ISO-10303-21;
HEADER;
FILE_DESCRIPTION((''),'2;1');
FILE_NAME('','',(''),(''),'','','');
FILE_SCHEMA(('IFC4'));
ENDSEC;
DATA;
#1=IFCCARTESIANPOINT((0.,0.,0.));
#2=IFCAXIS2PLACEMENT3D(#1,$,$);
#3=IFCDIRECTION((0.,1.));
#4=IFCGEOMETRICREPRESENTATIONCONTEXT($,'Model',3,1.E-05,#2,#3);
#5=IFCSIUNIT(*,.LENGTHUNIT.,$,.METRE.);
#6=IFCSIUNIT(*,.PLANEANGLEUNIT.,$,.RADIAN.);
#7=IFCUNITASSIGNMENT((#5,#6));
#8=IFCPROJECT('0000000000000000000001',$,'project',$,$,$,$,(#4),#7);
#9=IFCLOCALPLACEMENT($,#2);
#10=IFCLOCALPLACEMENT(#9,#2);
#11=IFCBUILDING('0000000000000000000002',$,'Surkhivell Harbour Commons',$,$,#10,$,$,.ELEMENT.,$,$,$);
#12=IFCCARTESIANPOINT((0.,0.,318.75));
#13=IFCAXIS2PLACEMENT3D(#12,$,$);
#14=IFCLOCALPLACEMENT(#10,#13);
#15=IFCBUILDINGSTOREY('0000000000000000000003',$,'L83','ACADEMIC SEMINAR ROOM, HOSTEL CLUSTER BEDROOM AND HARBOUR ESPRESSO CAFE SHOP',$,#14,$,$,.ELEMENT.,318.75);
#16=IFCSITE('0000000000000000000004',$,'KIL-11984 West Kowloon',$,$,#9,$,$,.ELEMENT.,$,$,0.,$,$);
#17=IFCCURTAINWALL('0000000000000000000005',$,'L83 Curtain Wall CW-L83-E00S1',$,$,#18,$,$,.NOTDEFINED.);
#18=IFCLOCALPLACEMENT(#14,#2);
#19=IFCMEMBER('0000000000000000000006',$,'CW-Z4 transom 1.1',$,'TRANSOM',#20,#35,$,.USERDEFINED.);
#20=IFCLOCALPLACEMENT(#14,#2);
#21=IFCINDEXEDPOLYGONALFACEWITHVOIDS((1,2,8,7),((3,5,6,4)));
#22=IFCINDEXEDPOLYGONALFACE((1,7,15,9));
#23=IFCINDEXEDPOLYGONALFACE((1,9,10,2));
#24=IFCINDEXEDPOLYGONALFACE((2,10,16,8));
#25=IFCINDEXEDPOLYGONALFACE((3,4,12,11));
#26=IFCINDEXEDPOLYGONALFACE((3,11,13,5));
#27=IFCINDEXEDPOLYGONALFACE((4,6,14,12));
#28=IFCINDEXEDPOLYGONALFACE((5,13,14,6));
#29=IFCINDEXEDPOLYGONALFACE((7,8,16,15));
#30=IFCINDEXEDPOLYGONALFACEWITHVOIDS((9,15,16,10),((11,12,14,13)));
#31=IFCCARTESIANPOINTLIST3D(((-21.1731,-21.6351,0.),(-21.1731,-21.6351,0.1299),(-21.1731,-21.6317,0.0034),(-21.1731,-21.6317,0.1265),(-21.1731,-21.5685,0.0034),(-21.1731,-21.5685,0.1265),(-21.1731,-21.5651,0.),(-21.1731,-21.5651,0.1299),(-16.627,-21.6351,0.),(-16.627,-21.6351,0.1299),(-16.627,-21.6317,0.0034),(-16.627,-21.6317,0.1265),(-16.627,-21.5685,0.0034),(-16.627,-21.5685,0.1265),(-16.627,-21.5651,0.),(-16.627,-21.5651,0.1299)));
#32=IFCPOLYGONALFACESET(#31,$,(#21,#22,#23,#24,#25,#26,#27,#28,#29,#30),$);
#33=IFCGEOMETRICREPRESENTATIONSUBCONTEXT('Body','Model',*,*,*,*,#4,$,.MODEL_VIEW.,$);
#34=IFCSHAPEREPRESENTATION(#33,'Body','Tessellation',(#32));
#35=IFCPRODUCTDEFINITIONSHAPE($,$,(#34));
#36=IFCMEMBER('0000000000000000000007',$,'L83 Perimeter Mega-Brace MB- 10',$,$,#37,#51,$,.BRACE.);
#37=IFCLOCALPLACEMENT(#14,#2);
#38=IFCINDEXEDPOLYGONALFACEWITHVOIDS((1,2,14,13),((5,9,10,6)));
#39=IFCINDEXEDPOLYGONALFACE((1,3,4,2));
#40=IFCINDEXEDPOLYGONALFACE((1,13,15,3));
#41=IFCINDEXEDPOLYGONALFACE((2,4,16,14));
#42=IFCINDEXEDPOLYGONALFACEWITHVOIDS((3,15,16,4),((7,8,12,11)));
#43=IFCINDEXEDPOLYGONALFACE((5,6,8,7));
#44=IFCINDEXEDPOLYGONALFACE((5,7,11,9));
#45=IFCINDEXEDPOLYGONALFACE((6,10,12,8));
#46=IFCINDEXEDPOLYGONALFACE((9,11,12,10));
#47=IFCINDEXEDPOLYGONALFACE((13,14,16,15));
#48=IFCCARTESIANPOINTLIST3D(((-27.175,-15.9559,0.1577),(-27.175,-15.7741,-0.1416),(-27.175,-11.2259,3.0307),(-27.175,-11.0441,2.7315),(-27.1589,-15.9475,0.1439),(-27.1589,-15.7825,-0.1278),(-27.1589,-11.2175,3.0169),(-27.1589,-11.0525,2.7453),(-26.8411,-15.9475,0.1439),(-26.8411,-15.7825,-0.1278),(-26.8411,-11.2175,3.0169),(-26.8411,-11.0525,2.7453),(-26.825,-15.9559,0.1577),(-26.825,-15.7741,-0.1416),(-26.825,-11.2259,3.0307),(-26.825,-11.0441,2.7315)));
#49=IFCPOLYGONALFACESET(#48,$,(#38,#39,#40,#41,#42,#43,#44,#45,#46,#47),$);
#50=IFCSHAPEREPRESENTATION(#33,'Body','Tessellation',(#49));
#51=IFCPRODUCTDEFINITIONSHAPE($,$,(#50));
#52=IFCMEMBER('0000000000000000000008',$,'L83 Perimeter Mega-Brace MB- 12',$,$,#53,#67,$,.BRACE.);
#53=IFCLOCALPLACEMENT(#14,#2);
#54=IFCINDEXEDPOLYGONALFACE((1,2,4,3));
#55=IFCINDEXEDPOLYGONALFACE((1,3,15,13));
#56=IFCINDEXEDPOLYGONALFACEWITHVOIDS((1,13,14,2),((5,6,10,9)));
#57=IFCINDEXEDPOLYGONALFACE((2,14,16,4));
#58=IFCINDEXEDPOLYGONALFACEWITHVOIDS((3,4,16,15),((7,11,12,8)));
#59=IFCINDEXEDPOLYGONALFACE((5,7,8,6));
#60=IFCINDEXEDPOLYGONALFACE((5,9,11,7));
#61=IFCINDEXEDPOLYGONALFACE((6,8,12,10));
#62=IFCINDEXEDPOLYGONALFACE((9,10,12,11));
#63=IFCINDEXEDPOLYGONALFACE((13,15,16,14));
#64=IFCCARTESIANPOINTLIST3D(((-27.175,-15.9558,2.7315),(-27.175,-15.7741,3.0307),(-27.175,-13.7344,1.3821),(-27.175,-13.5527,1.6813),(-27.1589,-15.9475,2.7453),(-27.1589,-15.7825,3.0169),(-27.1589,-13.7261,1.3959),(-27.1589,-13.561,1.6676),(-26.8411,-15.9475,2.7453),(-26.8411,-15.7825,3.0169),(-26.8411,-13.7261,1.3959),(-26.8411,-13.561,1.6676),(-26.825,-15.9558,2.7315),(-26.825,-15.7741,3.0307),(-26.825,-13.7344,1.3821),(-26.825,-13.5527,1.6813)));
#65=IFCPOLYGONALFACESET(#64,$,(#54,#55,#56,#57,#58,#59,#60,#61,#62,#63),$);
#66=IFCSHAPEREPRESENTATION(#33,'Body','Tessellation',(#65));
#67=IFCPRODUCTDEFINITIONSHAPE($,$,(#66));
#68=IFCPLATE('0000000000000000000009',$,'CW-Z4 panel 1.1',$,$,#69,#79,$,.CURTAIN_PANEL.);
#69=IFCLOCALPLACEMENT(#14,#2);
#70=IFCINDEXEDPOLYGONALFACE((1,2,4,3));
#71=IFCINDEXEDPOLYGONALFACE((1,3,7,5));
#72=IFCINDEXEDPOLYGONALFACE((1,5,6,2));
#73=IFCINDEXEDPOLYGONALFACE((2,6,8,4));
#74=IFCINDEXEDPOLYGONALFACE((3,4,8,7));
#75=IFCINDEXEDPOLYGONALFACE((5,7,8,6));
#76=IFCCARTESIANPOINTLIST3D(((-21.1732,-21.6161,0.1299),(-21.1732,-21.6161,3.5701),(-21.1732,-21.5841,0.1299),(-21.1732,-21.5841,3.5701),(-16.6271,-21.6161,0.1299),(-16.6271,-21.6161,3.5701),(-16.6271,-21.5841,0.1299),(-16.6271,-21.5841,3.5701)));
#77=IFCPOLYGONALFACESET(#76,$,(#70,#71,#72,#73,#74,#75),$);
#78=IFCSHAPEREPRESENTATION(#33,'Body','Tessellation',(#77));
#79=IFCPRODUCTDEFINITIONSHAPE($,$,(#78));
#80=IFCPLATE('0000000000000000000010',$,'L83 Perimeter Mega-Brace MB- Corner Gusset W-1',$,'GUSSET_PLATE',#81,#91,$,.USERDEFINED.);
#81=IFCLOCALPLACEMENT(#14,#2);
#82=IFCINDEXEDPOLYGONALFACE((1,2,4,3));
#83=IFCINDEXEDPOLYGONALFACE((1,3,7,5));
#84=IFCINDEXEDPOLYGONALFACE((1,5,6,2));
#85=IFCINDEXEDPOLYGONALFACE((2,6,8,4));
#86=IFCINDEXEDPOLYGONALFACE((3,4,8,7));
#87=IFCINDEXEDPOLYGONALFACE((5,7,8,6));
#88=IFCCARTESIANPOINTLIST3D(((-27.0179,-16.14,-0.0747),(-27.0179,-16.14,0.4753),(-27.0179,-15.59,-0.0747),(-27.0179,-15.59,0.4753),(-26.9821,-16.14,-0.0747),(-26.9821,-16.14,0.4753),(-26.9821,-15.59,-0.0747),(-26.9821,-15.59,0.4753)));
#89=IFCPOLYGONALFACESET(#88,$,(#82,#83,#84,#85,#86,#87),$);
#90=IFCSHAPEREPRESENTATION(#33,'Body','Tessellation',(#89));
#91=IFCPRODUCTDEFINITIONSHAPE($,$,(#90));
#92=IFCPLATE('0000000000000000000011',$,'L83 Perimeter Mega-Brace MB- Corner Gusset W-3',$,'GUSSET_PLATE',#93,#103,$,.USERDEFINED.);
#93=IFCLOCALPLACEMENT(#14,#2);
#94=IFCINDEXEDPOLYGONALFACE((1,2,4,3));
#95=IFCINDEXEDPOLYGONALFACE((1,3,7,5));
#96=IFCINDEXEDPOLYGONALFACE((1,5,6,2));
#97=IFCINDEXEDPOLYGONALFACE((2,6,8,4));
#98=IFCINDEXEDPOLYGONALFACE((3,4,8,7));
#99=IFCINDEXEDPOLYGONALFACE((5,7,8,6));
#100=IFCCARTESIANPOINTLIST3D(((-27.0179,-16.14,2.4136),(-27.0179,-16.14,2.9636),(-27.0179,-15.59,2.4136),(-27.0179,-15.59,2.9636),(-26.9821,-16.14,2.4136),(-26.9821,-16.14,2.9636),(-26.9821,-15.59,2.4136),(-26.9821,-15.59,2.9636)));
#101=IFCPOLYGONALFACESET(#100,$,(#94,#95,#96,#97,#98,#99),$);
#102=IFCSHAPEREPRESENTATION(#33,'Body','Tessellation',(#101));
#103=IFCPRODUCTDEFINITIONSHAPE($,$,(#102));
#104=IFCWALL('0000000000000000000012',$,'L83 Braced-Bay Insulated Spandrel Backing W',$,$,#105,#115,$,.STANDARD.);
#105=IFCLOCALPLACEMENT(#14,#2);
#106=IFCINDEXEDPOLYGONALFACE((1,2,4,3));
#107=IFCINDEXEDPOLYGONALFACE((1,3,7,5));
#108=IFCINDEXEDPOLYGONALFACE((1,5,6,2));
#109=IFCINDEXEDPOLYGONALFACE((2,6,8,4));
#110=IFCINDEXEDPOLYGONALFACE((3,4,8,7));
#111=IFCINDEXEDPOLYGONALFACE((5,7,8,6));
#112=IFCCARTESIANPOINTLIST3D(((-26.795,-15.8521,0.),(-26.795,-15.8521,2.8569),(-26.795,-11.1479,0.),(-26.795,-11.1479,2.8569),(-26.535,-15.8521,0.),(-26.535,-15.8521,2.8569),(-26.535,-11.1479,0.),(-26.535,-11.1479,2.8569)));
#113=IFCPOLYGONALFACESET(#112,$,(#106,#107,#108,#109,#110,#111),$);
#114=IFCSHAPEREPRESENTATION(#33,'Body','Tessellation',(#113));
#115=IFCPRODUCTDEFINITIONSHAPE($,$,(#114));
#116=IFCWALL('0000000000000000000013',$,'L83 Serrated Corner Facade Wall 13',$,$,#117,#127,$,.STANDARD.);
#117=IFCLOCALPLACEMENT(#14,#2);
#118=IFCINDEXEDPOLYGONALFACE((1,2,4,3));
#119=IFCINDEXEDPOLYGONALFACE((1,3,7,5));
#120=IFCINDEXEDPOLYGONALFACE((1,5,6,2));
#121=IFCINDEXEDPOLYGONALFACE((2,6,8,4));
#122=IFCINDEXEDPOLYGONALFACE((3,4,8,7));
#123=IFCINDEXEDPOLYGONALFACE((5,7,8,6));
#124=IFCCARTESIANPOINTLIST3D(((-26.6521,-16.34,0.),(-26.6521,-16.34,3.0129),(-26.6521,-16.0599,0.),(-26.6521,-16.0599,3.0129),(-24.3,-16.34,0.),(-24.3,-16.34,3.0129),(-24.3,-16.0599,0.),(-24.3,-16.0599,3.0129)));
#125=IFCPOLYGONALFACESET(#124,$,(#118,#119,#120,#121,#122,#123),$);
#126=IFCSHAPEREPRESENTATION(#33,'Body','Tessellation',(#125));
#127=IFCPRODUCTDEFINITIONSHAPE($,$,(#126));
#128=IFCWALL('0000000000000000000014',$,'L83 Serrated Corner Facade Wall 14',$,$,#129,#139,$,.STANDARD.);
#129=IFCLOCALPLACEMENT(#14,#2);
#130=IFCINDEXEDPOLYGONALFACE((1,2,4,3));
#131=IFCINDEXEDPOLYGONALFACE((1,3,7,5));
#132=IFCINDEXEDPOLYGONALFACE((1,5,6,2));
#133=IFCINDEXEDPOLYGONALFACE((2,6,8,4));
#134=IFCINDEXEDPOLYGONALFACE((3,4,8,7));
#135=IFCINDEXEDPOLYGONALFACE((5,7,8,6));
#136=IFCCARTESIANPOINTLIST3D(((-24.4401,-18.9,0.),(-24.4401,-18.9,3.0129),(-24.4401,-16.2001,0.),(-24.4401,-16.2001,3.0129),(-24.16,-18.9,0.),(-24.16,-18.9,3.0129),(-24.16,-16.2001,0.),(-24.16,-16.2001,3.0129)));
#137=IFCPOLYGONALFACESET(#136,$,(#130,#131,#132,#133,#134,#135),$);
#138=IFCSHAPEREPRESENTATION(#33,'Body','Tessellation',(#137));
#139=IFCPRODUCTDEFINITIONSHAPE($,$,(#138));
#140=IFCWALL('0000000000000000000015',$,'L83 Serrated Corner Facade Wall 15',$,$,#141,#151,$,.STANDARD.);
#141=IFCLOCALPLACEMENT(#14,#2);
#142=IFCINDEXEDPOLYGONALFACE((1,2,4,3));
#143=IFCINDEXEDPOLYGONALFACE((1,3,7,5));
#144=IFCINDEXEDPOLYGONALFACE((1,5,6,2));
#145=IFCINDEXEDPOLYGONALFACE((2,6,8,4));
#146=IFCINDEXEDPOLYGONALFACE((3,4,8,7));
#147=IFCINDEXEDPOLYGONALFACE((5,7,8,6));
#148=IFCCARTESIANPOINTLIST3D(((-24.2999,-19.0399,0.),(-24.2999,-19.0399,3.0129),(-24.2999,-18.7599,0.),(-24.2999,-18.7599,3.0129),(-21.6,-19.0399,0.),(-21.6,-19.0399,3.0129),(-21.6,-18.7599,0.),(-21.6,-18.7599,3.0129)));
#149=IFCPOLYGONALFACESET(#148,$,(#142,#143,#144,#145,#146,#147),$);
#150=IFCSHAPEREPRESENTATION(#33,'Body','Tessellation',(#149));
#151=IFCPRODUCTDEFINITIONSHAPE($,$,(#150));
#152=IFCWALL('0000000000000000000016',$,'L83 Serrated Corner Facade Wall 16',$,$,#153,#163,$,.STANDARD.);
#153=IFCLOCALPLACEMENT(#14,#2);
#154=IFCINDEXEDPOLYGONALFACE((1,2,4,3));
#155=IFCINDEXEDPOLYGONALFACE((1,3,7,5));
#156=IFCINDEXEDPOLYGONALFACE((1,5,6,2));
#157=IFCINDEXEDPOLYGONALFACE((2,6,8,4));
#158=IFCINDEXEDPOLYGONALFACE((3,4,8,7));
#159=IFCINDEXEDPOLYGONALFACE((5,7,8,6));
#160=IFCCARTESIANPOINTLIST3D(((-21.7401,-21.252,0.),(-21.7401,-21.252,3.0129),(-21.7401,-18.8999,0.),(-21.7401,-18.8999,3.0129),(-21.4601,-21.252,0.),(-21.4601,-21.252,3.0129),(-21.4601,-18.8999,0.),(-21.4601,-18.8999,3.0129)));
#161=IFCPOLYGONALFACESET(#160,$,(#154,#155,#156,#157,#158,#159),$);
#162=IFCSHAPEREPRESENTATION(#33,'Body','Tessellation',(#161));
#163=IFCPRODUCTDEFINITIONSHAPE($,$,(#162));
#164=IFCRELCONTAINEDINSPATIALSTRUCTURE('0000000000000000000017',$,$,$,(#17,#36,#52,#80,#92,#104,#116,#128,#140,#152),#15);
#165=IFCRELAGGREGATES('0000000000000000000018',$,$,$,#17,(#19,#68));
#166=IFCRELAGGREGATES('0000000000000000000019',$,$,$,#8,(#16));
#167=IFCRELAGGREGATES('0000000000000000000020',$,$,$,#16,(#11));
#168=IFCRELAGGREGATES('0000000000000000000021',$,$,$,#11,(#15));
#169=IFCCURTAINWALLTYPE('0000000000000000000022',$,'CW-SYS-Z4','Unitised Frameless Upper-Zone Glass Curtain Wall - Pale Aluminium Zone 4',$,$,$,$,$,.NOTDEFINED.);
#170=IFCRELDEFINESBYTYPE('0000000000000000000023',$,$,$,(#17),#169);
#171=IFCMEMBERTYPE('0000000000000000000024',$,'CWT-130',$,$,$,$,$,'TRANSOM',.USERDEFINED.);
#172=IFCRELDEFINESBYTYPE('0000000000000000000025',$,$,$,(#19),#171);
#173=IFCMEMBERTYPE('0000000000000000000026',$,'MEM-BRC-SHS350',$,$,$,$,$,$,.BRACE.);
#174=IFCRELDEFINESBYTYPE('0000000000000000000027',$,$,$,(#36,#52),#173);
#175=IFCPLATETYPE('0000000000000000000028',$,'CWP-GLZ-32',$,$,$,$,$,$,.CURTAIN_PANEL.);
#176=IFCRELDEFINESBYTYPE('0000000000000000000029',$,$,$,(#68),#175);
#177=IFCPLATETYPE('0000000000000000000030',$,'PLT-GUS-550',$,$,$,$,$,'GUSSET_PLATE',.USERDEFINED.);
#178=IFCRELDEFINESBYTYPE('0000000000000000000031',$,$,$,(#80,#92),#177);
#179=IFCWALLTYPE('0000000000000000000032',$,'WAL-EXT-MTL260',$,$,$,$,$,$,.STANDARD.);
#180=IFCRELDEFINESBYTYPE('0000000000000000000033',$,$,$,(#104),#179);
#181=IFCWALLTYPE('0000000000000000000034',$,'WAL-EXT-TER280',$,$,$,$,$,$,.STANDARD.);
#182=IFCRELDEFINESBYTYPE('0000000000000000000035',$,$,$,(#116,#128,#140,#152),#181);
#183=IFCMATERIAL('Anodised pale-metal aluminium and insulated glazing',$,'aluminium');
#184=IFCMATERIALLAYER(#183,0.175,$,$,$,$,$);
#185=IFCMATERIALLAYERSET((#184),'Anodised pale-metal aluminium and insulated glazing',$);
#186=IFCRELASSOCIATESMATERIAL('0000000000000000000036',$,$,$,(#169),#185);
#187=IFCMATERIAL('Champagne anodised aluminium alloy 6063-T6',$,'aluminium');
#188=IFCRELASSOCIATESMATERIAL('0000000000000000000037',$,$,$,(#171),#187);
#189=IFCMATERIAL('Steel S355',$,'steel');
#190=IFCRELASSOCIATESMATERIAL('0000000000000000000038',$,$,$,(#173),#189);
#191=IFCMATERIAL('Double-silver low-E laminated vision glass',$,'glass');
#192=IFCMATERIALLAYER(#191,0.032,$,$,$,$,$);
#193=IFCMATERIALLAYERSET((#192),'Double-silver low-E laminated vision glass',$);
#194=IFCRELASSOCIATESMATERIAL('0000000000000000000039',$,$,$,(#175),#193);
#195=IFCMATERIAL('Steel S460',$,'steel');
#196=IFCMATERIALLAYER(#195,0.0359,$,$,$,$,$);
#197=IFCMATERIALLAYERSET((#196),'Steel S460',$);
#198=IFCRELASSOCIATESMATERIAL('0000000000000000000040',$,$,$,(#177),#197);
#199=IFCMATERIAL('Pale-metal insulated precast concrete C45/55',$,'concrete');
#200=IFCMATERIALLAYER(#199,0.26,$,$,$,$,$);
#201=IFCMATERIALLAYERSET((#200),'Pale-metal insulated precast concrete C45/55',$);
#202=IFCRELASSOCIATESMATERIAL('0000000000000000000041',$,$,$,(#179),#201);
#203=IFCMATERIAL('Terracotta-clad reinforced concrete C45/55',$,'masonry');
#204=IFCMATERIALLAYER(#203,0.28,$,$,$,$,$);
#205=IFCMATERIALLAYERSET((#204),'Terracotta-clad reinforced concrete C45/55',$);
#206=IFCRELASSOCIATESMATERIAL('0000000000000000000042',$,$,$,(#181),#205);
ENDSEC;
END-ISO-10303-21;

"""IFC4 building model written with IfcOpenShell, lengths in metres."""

from ifc_helpers import new_model, si_unit, direction, frame, frame_2d, origin, origin_2d, place, context, subcontext, project, spatial, rectangle, hollow_rectangle, extrude, material, layer, layer_set, material_profile, profile_set, type_object, element, aggregate, save


model = new_model("IFC4")

# Units and contexts
model_context = context("Model", 3, precision=1e-05, world=origin(), true_north=direction((0.0, 1.0)))
body_context = subcontext(model_context, "Body", "Model", "MODEL_VIEW")
ifc_project = project(units=[si_unit("LENGTHUNIT", "METRE"), si_unit("PLANEANGLEUNIT", "RADIAN")], contexts=[model_context])

# Site, building, storey
site_placement = place(None, origin())
site = spatial("IfcSite", under=ifc_project, at=site_placement, Name="KIL-11984 West Kowloon", CompositionType="ELEMENT", RefElevation=0.0)
building_placement = place(site_placement, origin())
building = spatial("IfcBuilding", under=site, at=building_placement, Name="Surkhivell Harbour Commons", CompositionType="ELEMENT")
storey_placement = place(building_placement, frame((0.0, 0.0, 318.75)))
storey = spatial("IfcBuildingStorey", under=building, at=storey_placement, Name="L83", Description="ACADEMIC SEMINAR ROOM, HOSTEL CLUSTER BEDROOM AND HARBOUR ESPRESSO CAFE SHOP", CompositionType="ELEMENT", Elevation=318.75)

# Shared definitions
ifc_material_1 = material(Name="Steel S355", Category="steel")

# Curtain wall, member
ifc_material_2 = material(Name="Anodised pale-metal aluminium and insulated glazing", Category="aluminium")
ifc_layer_1 = layer(ifc_material_2, 0.175)
ifc_layer_set_1 = layer_set([ifc_layer_1], Name="Anodised pale-metal aluminium and insulated glazing")
curtain_wall_type = type_object("IfcCurtainWallType", Name="CW-SYS-Z4", Description="Unitised Frameless Upper-Zone Glass Curtain Wall - Pale Aluminium Zone 4", PredefinedType="NOTDEFINED", material=ifc_layer_set_1)
curtain_wall_placement = place(storey_placement, origin())
curtain_wall = element("IfcCurtainWall", 1, at=curtain_wall_placement, inside=storey, type_object=curtain_wall_type, Name="L83 Curtain Wall CW-L83-E00S1", PredefinedType="NOTDEFINED")
ifc_material_3 = material(Name="Champagne anodised aluminium alloy 6063-T6", Category="aluminium")
ifc_material_profile_1 = material_profile(ifc_material_3, hollow_rectangle(XDim=0.0701, YDim=0.1299, WallThickness=0.0034, at=origin_2d()), Name="ALU-TRAN-70x130")
ifc_profile_set_1 = profile_set([ifc_material_profile_1], Name="Champagne anodised aluminium alloy 6063-T6")
member_type_1 = type_object("IfcMemberType", Name="CWT-130", ElementType="TRANSOM", PredefinedType="USERDEFINED", material=ifc_profile_set_1)
member_1_placement = place(storey_placement, frame((-21.1731, -21.6001, 0.0649), z_axis=(1.0, 0.0, 0.0), x_axis=(0.0, 1.0, 0.0)))
member_1 = element("IfcMember", 2, at=member_1_placement, type_object=member_type_1, Name="CW-Z4 transom 1.1", ObjectType="TRANSOM", PredefinedType="USERDEFINED", context=body_context, shape_type="SweptSolid", body=[
    extrude(hollow_rectangle(XDim=0.0701, YDim=0.1299, WallThickness=0.0034, at=origin_2d()), origin(), (0.0, 0.0, 1.0), 4.5461),
])

# Members
ifc_material_profile_2 = material_profile(ifc_material_1, hollow_rectangle(XDim=0.3501, YDim=0.3501, WallThickness=0.0161, at=origin_2d()), Name="SHS350x350x16")
ifc_profile_set_2 = profile_set([ifc_material_profile_2], Name="Steel S355")
member_type_2 = type_object("IfcMemberType", Name="MEM-BRC-SHS350", PredefinedType="BRACE", material=ifc_profile_set_2)
member_2_placement = place(storey_placement, frame((-27.0, -15.865, 0.0081), z_axis=(0.0, 0.854685, 0.519146), x_axis=(-1.0, 0.0, 0.0)))
element("IfcMember", 3, at=member_2_placement, inside=storey, type_object=member_type_2, Name="L83 Perimeter Mega-Brace MB- 10", PredefinedType="BRACE", context=body_context, shape_type="SweptSolid", body=[
    extrude(hollow_rectangle(XDim=0.3501, YDim=0.3501, WallThickness=0.0161, at=origin_2d()), origin(), (0.0, 0.0, 1.0), 5.5342),
])
member_3_placement = place(storey_placement, frame((-27.0, -13.6436, 1.5317), z_axis=(0.0, -0.854679, 0.519157), x_axis=(1.0, 0.0, 0.0)))
element("IfcMember", 4, at=member_3_placement, inside=storey, type_object=member_type_2, Name="L83 Perimeter Mega-Brace MB- 12", PredefinedType="BRACE", context=body_context, shape_type="SweptSolid", body=[
    extrude(hollow_rectangle(XDim=0.3501, YDim=0.3501, WallThickness=0.0161, at=origin_2d()), origin(), (0.0, 0.0, 1.0), 2.5991),
])

# Plate
ifc_material_4 = material(Name="Double-silver low-E laminated vision glass", Category="glass")
ifc_layer_2 = layer(ifc_material_4, 0.032)
ifc_layer_set_2 = layer_set([ifc_layer_2], Name="Double-silver low-E laminated vision glass")
plate_type_1 = type_object("IfcPlateType", Name="CWP-GLZ-32", PredefinedType="CURTAIN_PANEL", material=ifc_layer_set_2)
plate_placement = place(storey_placement, frame((-21.1731, -21.6001, 0.1299), z_axis=(0.0, 0.0, 1.0), x_axis=(1.0, 0.0, 0.0)))
plate = element("IfcPlate", 5, at=plate_placement, type_object=plate_type_1, Name="CW-Z4 panel 1.1", PredefinedType="CURTAIN_PANEL", context=body_context, shape_type="SweptSolid", body=[
    extrude(rectangle(XDim=4.5461, YDim=0.032, at=frame_2d((2.2729, 0.0))), origin(), (0.0, 0.0, 1.0), 3.4402),
])
aggregate(curtain_wall, [member_1, plate])

# Plates
ifc_material_5 = material(Name="Steel S460", Category="steel")
ifc_layer_3 = layer(ifc_material_5, 0.0359)
ifc_layer_set_3 = layer_set([ifc_layer_3], Name="Steel S460")
plate_type_2 = type_object("IfcPlateType", Name="PLT-GUS-550", ElementType="GUSSET_PLATE", PredefinedType="USERDEFINED", material=ifc_layer_set_3)
for number, where, z_axis, x_axis, name in (
    (6, (-27.0, -15.865, -0.0747), (0.0, 0.0, 1.0), (0.0, 1.0, 0.0), "L83 Perimeter Mega-Brace MB- Corner Gusset W-1"),
    (7, (-27.0, -15.865, 2.4136), (0.0, 0.0, 1.0), (0.0, 1.0, 0.0), "L83 Perimeter Mega-Brace MB- Corner Gusset W-3"),
):
    element("IfcPlate", number, at=place(storey_placement, frame(where, z_axis=z_axis, x_axis=x_axis)), inside=storey, type_object=plate_type_2, Name=name, ObjectType="GUSSET_PLATE", PredefinedType="USERDEFINED", context=body_context, shape_type="SweptSolid", body=[
        extrude(rectangle(XDim=0.55, YDim=0.0359, at=origin_2d()), origin(), (0.0, 0.0, 1.0), 0.55),
    ])

# Walls
ifc_material_6 = material(Name="Pale-metal insulated precast concrete C45/55", Category="concrete")
ifc_layer_4 = layer(ifc_material_6, 0.26)
ifc_layer_set_4 = layer_set([ifc_layer_4], Name="Pale-metal insulated precast concrete C45/55")
wall_type_1 = type_object("IfcWallType", Name="WAL-EXT-MTL260", PredefinedType="STANDARD", material=ifc_layer_set_4)
wall_1_placement = place(storey_placement, frame((-26.665, -15.8521, 0.0), z_axis=(0.0, 0.0, 1.0), x_axis=(0.0, 1.0, 0.0)))
element("IfcWall", 8, at=wall_1_placement, inside=storey, type_object=wall_type_1, Name="L83 Braced-Bay Insulated Spandrel Backing W", PredefinedType="STANDARD", context=body_context, shape_type="SweptSolid", body=[
    extrude(rectangle(XDim=4.7041, YDim=0.26, at=frame_2d((2.3521, 0.0))), origin(), (0.0, 0.0, 1.0), 2.8569),
])
ifc_material_7 = material(Name="Terracotta-clad reinforced concrete C45/55", Category="masonry")
ifc_layer_5 = layer(ifc_material_7, 0.28)
ifc_layer_set_5 = layer_set([ifc_layer_5], Name="Terracotta-clad reinforced concrete C45/55")
wall_type_2 = type_object("IfcWallType", Name="WAL-EXT-TER280", PredefinedType="STANDARD", material=ifc_layer_set_5)
wall_2_placement = place(storey_placement, frame((-26.6521, -16.2, 0.0), z_axis=(0.0, 0.0, 1.0), x_axis=(1.0, 0.0, 0.0)))
element("IfcWall", 9, at=wall_2_placement, inside=storey, type_object=wall_type_2, Name="L83 Serrated Corner Facade Wall 13", PredefinedType="STANDARD", context=body_context, shape_type="SweptSolid", body=[
    extrude(rectangle(XDim=2.3521, YDim=0.28, at=frame_2d((1.176, 0.0))), origin(), (0.0, 0.0, 1.0), 3.0129),
])
for number, where, z_axis, x_axis, name in (
    (10, (-24.3, -16.2, 0.0), (0.0, 0.0, 1.0), (0.0, -1.0, 0.0), "L83 Serrated Corner Facade Wall 14"),
    (11, (-24.3, -18.8999, 0.0), (0.0, 0.0, 1.0), (1.0, 0.0, 0.0), "L83 Serrated Corner Facade Wall 15"),
):
    element("IfcWall", number, at=place(storey_placement, frame(where, z_axis=z_axis, x_axis=x_axis)), inside=storey, type_object=wall_type_2, Name=name, PredefinedType="STANDARD", context=body_context, shape_type="SweptSolid", body=[
        extrude(rectangle(XDim=2.7, YDim=0.28, at=frame_2d((1.3501, 0.0))), origin(), (0.0, 0.0, 1.0), 3.0129),
    ])
wall_3_placement = place(storey_placement, frame((-21.6001, -18.8999, 0.0), z_axis=(0.0, 0.0, 1.0), x_axis=(0.0, -1.0, 0.0)))
element("IfcWall", 12, at=wall_3_placement, inside=storey, type_object=wall_type_2, Name="L83 Serrated Corner Facade Wall 16", PredefinedType="STANDARD", context=body_context, shape_type="SweptSolid", body=[
    extrude(rectangle(XDim=2.3521, YDim=0.28, at=frame_2d((1.176, 0.0))), origin(), (0.0, 0.0, 1.0), 3.0129),
])

save(model, "model.ifc")
